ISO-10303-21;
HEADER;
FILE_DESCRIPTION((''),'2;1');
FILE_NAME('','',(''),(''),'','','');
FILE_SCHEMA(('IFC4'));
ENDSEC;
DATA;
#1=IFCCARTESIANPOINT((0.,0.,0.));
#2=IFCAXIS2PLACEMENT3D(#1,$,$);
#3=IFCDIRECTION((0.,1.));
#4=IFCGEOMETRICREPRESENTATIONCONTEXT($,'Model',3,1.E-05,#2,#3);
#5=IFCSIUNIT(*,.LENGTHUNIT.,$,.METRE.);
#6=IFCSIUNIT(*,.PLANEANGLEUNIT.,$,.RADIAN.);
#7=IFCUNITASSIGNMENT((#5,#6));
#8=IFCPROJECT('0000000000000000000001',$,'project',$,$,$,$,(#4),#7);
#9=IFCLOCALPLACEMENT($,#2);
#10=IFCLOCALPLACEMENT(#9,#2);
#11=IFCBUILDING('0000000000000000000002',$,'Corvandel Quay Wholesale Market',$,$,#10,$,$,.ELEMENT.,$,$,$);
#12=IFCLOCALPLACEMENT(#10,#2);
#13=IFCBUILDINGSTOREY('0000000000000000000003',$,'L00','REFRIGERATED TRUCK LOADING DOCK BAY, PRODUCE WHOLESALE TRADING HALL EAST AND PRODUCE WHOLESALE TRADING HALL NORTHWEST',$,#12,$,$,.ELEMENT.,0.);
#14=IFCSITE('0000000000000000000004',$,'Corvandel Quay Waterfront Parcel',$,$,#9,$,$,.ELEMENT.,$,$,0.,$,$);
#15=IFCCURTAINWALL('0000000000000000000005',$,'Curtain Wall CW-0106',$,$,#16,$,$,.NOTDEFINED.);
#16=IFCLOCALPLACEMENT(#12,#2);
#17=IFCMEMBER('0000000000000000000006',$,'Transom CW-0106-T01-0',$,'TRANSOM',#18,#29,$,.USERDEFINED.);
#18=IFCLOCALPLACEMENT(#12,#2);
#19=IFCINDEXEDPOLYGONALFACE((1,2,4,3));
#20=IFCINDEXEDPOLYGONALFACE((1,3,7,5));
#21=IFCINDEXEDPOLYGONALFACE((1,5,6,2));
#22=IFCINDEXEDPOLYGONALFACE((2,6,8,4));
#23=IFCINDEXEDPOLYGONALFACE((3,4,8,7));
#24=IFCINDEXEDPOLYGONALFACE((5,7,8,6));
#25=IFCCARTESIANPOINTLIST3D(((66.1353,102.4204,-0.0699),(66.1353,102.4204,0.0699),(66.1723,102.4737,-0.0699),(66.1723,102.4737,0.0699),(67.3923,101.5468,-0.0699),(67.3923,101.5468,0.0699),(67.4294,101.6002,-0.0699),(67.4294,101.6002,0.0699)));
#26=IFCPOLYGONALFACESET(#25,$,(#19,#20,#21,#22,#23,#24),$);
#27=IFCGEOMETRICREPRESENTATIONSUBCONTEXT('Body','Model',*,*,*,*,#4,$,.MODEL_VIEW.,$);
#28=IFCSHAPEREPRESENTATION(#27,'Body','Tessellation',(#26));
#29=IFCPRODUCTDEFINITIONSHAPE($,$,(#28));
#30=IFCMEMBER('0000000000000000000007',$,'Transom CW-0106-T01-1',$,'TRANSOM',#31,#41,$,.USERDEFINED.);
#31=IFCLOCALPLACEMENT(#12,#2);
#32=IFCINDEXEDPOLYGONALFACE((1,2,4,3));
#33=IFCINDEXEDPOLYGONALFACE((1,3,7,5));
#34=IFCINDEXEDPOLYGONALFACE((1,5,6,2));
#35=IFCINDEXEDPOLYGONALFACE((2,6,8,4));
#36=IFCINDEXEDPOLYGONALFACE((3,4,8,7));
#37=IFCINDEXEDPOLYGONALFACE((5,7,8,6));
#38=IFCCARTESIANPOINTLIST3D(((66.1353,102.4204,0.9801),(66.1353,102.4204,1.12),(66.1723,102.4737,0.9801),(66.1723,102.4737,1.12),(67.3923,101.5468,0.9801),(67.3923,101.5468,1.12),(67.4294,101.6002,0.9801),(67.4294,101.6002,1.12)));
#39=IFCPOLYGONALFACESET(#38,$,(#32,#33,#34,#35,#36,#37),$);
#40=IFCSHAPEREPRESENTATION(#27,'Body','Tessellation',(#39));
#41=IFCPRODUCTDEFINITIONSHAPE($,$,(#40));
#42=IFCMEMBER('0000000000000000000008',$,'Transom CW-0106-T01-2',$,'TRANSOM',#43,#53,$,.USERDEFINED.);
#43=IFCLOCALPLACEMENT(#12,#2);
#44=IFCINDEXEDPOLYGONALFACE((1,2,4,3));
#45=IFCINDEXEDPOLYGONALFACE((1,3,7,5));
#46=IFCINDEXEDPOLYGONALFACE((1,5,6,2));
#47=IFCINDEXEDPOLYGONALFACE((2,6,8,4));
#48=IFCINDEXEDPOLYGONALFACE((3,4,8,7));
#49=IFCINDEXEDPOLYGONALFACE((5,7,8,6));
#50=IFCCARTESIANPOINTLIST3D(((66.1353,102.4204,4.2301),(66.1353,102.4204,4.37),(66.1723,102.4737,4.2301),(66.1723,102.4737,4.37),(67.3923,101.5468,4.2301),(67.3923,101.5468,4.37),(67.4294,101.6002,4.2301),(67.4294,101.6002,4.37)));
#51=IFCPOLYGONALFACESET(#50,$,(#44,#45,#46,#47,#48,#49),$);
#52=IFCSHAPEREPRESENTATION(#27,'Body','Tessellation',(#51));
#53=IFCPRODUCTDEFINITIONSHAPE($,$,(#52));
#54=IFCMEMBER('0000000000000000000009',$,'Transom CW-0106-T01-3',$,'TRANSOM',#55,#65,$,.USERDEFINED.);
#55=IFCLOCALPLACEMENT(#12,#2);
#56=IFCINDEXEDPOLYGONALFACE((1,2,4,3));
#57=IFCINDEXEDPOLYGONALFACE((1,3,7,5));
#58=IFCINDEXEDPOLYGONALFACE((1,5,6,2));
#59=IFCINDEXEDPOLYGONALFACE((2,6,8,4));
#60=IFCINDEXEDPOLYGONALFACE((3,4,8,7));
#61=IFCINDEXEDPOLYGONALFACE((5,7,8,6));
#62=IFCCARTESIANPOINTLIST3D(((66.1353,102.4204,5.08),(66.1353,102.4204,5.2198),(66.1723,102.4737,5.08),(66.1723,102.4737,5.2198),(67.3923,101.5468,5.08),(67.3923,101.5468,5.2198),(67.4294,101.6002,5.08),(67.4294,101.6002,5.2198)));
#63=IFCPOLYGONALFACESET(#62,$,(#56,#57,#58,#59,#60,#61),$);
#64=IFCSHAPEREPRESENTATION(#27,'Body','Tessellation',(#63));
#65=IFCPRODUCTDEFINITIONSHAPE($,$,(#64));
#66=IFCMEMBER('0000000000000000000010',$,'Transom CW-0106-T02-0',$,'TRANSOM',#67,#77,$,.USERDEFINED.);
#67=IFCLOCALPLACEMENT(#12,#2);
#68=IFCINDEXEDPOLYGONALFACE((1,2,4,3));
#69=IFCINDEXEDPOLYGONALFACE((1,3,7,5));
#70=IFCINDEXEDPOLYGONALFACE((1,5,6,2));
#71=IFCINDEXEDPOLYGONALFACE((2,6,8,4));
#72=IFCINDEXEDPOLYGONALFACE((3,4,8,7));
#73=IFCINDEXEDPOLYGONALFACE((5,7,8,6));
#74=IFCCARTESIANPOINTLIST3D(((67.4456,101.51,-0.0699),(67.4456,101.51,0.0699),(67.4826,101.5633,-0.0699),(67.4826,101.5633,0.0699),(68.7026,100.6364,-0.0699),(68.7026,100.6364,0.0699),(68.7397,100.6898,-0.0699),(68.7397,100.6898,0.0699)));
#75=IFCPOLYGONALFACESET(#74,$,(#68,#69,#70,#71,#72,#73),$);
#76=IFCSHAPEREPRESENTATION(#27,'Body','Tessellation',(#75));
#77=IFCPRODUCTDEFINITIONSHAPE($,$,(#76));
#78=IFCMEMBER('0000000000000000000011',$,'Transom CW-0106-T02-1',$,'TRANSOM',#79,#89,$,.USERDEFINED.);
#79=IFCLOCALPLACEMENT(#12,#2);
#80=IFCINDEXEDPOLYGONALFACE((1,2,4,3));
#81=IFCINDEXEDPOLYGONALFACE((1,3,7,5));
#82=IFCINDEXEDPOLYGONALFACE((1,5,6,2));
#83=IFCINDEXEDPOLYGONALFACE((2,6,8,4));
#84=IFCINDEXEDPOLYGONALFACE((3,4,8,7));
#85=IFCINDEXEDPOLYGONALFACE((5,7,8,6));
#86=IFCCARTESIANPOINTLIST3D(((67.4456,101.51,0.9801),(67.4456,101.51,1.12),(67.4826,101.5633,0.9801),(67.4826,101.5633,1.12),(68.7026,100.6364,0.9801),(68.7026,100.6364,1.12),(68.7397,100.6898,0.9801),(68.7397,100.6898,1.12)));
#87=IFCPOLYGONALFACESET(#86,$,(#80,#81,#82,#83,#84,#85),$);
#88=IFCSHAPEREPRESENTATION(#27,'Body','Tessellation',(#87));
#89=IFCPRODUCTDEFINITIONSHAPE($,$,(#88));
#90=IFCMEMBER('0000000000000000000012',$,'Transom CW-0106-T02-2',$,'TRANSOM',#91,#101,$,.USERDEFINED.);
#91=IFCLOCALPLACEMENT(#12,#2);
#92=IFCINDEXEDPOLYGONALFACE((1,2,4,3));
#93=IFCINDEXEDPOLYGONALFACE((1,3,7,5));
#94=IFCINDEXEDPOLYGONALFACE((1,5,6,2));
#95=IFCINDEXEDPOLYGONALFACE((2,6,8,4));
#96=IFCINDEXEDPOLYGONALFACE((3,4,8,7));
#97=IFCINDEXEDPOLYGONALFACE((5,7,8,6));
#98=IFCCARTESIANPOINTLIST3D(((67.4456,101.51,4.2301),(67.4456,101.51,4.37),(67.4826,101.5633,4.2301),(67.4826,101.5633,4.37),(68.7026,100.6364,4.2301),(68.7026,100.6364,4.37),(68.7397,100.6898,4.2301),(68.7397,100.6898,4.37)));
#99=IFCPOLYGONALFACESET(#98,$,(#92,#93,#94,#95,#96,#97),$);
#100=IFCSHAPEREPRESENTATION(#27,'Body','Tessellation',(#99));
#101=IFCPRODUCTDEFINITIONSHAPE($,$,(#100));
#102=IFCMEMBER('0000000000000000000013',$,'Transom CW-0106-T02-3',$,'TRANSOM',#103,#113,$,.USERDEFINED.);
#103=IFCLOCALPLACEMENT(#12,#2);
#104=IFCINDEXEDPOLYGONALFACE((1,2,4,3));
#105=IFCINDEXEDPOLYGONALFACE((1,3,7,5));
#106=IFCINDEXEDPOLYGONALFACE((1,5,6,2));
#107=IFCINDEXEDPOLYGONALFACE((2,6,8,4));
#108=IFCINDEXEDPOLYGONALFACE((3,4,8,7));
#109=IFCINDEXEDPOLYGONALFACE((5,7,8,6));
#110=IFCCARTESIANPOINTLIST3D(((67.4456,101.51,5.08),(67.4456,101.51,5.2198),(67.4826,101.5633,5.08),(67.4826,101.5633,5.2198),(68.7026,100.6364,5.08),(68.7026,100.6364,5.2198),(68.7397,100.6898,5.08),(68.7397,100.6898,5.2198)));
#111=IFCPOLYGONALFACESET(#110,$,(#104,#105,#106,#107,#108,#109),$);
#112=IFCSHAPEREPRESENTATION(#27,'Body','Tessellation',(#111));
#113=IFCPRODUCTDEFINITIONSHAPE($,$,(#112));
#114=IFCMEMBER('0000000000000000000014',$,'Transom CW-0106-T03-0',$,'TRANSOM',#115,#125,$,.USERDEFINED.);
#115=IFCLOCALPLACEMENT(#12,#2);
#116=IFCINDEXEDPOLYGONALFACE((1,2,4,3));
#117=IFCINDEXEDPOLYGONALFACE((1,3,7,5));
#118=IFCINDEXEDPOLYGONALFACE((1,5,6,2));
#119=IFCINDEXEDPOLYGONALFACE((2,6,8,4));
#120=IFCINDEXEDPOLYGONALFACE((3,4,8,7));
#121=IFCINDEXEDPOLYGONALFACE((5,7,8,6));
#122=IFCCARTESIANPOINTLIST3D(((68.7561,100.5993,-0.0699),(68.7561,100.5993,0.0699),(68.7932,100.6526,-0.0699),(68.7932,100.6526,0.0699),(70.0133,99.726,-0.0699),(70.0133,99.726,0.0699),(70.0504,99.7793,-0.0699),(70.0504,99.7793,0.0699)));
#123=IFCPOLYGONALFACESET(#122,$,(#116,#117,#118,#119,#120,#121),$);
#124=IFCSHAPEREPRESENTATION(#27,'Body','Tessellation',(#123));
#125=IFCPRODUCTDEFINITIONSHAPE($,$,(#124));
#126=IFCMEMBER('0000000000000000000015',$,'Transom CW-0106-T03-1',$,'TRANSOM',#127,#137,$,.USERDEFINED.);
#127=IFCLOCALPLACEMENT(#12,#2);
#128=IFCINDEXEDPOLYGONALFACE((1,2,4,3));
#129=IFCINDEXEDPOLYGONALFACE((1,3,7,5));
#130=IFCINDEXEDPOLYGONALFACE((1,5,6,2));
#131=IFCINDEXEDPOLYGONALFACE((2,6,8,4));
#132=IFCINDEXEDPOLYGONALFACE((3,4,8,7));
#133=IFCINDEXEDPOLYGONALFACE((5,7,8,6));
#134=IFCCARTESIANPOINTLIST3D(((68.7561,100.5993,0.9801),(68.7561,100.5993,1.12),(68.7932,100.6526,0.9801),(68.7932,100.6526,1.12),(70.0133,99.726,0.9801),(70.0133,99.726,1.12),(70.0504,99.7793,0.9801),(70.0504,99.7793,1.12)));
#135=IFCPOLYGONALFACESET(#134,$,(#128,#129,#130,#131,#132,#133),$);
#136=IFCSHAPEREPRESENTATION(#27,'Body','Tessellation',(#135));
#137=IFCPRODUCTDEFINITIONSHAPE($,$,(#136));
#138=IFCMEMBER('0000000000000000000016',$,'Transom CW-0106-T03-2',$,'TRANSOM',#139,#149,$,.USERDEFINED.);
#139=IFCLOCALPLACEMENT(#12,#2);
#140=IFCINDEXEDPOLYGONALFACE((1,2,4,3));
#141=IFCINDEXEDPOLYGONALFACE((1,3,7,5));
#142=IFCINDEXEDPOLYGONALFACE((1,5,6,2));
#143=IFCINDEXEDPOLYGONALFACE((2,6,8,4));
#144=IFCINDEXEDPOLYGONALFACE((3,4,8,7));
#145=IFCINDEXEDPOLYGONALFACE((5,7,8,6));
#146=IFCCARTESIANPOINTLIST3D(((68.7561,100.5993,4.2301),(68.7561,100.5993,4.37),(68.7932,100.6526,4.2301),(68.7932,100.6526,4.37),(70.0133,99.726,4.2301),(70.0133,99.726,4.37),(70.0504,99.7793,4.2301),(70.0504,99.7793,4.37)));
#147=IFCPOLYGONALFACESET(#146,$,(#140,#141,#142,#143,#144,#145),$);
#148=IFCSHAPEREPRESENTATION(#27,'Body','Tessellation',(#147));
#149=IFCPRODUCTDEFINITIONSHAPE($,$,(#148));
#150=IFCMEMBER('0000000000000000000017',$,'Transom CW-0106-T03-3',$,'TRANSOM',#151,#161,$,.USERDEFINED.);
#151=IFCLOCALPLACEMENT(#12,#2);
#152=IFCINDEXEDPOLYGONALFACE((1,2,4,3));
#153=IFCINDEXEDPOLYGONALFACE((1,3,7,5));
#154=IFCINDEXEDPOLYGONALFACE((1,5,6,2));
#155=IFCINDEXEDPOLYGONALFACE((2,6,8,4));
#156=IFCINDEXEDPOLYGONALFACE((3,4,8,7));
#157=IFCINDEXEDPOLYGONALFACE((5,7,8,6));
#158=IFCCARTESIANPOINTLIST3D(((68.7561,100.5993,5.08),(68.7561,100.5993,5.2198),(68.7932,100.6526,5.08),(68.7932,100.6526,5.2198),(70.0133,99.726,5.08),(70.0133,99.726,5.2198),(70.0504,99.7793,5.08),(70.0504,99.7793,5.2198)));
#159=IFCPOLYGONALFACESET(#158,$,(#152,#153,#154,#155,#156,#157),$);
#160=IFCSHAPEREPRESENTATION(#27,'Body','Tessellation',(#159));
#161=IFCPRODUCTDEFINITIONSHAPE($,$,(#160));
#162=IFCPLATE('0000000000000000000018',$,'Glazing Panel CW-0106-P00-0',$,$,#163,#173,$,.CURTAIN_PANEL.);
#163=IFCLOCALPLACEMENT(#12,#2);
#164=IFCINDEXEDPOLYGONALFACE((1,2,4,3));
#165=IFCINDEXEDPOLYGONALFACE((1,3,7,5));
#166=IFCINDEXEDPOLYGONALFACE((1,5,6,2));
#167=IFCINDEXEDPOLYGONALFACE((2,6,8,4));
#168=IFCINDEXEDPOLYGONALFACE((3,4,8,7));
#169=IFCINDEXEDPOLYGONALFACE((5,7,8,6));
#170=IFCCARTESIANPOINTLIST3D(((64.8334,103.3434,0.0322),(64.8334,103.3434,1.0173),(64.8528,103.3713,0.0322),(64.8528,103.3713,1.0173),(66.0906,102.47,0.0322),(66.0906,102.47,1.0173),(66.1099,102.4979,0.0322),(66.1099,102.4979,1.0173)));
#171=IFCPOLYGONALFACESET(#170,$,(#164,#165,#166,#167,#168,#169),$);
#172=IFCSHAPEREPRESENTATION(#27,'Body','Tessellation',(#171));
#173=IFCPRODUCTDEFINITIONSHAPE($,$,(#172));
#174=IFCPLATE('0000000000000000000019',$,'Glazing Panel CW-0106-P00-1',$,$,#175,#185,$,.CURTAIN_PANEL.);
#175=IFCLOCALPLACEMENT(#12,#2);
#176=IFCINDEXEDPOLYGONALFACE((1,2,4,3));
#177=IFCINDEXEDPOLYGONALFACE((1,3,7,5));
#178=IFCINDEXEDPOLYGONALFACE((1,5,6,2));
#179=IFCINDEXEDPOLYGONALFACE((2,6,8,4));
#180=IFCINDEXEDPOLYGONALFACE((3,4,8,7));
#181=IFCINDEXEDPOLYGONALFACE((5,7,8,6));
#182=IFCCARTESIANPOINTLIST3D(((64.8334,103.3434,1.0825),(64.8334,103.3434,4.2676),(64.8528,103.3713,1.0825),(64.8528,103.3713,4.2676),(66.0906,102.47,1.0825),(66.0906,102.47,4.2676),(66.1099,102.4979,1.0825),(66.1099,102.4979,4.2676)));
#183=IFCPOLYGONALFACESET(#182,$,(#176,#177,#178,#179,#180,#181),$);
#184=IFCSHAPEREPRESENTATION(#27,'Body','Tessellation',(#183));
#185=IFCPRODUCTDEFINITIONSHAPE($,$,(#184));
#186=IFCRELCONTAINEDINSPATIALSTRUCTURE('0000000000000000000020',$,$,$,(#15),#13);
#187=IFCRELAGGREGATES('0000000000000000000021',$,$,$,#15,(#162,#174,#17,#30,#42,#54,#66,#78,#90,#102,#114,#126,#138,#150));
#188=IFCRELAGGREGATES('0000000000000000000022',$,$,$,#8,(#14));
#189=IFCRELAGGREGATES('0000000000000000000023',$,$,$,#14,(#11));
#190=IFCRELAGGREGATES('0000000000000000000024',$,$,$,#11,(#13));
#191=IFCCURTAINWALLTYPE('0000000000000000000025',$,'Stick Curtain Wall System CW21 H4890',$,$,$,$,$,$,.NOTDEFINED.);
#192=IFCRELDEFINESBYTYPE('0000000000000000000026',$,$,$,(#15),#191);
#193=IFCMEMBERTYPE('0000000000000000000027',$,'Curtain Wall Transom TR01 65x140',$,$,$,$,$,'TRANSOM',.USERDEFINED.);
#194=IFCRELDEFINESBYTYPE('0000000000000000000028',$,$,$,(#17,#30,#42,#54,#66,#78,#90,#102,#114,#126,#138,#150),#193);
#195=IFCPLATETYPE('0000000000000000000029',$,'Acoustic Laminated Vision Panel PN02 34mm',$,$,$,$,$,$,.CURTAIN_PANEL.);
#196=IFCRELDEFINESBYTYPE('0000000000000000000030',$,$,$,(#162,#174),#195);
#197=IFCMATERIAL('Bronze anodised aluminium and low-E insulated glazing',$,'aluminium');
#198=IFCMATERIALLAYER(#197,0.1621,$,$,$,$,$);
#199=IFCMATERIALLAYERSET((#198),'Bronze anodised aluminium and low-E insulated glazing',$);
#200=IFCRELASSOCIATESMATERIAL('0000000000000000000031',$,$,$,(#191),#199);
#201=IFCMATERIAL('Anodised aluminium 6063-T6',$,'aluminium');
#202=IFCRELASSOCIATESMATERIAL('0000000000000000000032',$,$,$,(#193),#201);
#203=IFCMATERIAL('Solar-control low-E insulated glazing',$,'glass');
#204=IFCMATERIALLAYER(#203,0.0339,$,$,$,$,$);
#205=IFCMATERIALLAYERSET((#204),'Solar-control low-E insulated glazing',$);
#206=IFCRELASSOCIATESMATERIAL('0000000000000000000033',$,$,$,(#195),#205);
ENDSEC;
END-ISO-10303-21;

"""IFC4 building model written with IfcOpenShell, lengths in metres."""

from ifc_helpers import new_model, si_unit, direction, frame, origin, origin_2d, place, context, subcontext, project, spatial, rectangle, extrude, material, layer, layer_set, material_profile, profile_set, type_object, element, aggregate, save


model = new_model("IFC4")

# Units and contexts
model_context = context("Model", 3, precision=1e-05, world=origin(), true_north=direction((0.0, 1.0)))
body_context = subcontext(model_context, "Body", "Model", "MODEL_VIEW")
ifc_project = project(units=[si_unit("LENGTHUNIT", "METRE"), si_unit("PLANEANGLEUNIT", "RADIAN")], contexts=[model_context])

# Site, building, storey
site_placement = place(None, origin())
site = spatial("IfcSite", under=ifc_project, at=site_placement, Name="Corvandel Quay Waterfront Parcel", CompositionType="ELEMENT", RefElevation=0.0)
building_placement = place(site_placement, origin())
building = spatial("IfcBuilding", under=site, at=building_placement, Name="Corvandel Quay Wholesale Market", CompositionType="ELEMENT")
storey_placement = place(building_placement, origin())
storey = spatial("IfcBuildingStorey", under=building, at=storey_placement, Name="L00", Description="REFRIGERATED TRUCK LOADING DOCK BAY, PRODUCE WHOLESALE TRADING HALL EAST AND PRODUCE WHOLESALE TRADING HALL NORTHWEST", CompositionType="ELEMENT", Elevation=0.0)

# Curtain wall, members, plates
ifc_material_1 = material(Name="Bronze anodised aluminium and low-E insulated glazing", Category="aluminium")
ifc_layer_1 = layer(ifc_material_1, 0.1621)
ifc_layer_set_1 = layer_set([ifc_layer_1], Name="Bronze anodised aluminium and low-E insulated glazing")
curtain_wall_type = type_object("IfcCurtainWallType", Name="Stick Curtain Wall System CW21 H4890", PredefinedType="NOTDEFINED", material=ifc_layer_set_1)
curtain_wall_placement = place(storey_placement, origin())
curtain_wall = element("IfcCurtainWall", 1, at=curtain_wall_placement, inside=storey, type_object=curtain_wall_type, Name="Curtain Wall CW-0106", PredefinedType="NOTDEFINED")
ifc_material_2 = material(Name="Anodised aluminium 6063-T6", Category="aluminium")
ifc_material_profile_1 = material_profile(ifc_material_2, rectangle(XDim=0.0649, YDim=0.1399, at=origin_2d()), Name="ALU-TRN-65x140")
ifc_profile_set_1 = profile_set([ifc_material_profile_1], Name="Anodised aluminium 6063-T6")
member_type_1 = type_object("IfcMemberType", Name="Curtain Wall Transom TR01 65x140", ElementType="TRANSOM", PredefinedType="USERDEFINED", material=ifc_profile_set_1)
member_1_placement = place(storey_placement, frame((66.1538, 102.447, 0.0), z_axis=(0.821198, -0.570644, 0.0), x_axis=(0.570644, 0.821198, 0.0)))
member_1 = element("IfcMember", 2, at=member_1_placement, type_object=member_type_1, Name="Transom CW-0106-T01-0", ObjectType="TRANSOM", PredefinedType="USERDEFINED", context=body_context, shape_type="SweptSolid", body=[
    extrude(rectangle(XDim=0.0649, YDim=0.1399, at=origin_2d()), origin(), (0.0, 0.0, 1.0), 1.5308),
])
member_2_placement = place(storey_placement, frame((66.1538, 102.447, 1.05), z_axis=(0.821198, -0.570644, 0.0), x_axis=(0.570644, 0.821198, 0.0)))
member_2 = element("IfcMember", 3, at=member_2_placement, type_object=member_type_1, Name="Transom CW-0106-T01-1", ObjectType="TRANSOM", PredefinedType="USERDEFINED", context=body_context, shape_type="SweptSolid", body=[
    extrude(rectangle(XDim=0.0649, YDim=0.1399, at=origin_2d()), origin(), (0.0, 0.0, 1.0), 1.5308),
])
member_3_placement = place(storey_placement, frame((66.1538, 102.447, 4.3), z_axis=(0.821198, -0.570644, 0.0), x_axis=(0.570644, 0.821198, 0.0)))
member_3 = element("IfcMember", 4, at=member_3_placement, type_object=member_type_1, Name="Transom CW-0106-T01-2", ObjectType="TRANSOM", PredefinedType="USERDEFINED", context=body_context, shape_type="SweptSolid", body=[
    extrude(rectangle(XDim=0.0649, YDim=0.1399, at=origin_2d()), origin(), (0.0, 0.0, 1.0), 1.5308),
])
member_4_placement = place(storey_placement, frame((66.1538, 102.447, 5.1499), z_axis=(0.821198, -0.570644, 0.0), x_axis=(0.570644, 0.821198, 0.0)))
member_4 = element("IfcMember", 5, at=member_4_placement, type_object=member_type_1, Name="Transom CW-0106-T01-3", ObjectType="TRANSOM", PredefinedType="USERDEFINED", context=body_context, shape_type="SweptSolid", body=[
    extrude(rectangle(XDim=0.0649, YDim=0.1399, at=origin_2d()), origin(), (0.0, 0.0, 1.0), 1.5308),
])
member_5_placement = place(storey_placement, frame((67.4641, 101.5366, 0.0), z_axis=(0.821198, -0.570644, 0.0), x_axis=(0.570644, 0.821198, 0.0)))
member_5 = element("IfcMember", 6, at=member_5_placement, type_object=member_type_1, Name="Transom CW-0106-T02-0", ObjectType="TRANSOM", PredefinedType="USERDEFINED", context=body_context, shape_type="SweptSolid", body=[
    extrude(rectangle(XDim=0.0649, YDim=0.1399, at=origin_2d()), origin(), (0.0, 0.0, 1.0), 1.5308),
])
member_6_placement = place(storey_placement, frame((67.4641, 101.5366, 1.05), z_axis=(0.821198, -0.570644, 0.0), x_axis=(0.570644, 0.821198, 0.0)))
member_6 = element("IfcMember", 7, at=member_6_placement, type_object=member_type_1, Name="Transom CW-0106-T02-1", ObjectType="TRANSOM", PredefinedType="USERDEFINED", context=body_context, shape_type="SweptSolid", body=[
    extrude(rectangle(XDim=0.0649, YDim=0.1399, at=origin_2d()), origin(), (0.0, 0.0, 1.0), 1.5308),
])
member_7_placement = place(storey_placement, frame((67.4641, 101.5366, 4.3), z_axis=(0.821198, -0.570644, 0.0), x_axis=(0.570644, 0.821198, 0.0)))
member_7 = element("IfcMember", 8, at=member_7_placement, type_object=member_type_1, Name="Transom CW-0106-T02-2", ObjectType="TRANSOM", PredefinedType="USERDEFINED", context=body_context, shape_type="SweptSolid", body=[
    extrude(rectangle(XDim=0.0649, YDim=0.1399, at=origin_2d()), origin(), (0.0, 0.0, 1.0), 1.5308),
])
member_8_placement = place(storey_placement, frame((67.4641, 101.5366, 5.1499), z_axis=(0.821198, -0.570644, 0.0), x_axis=(0.570644, 0.821198, 0.0)))
member_8 = element("IfcMember", 9, at=member_8_placement, type_object=member_type_1, Name="Transom CW-0106-T02-3", ObjectType="TRANSOM", PredefinedType="USERDEFINED", context=body_context, shape_type="SweptSolid", body=[
    extrude(rectangle(XDim=0.0649, YDim=0.1399, at=origin_2d()), origin(), (0.0, 0.0, 1.0), 1.5308),
])
member_9_placement = place(storey_placement, frame((68.7747, 100.626, 0.0), z_axis=(0.821272, -0.570536, 0.0), x_axis=(0.570536, 0.821272, 0.0)))
member_9 = element("IfcMember", 10, at=member_9_placement, type_object=member_type_1, Name="Transom CW-0106-T03-0", ObjectType="TRANSOM", PredefinedType="USERDEFINED", context=body_context, shape_type="SweptSolid", body=[
    extrude(rectangle(XDim=0.0649, YDim=0.1399, at=origin_2d()), origin(), (0.0, 0.0, 1.0), 1.5308),
])
member_10_placement = place(storey_placement, frame((68.7747, 100.626, 1.05), z_axis=(0.821272, -0.570536, 0.0), x_axis=(0.570536, 0.821272, 0.0)))
member_10 = element("IfcMember", 11, at=member_10_placement, type_object=member_type_1, Name="Transom CW-0106-T03-1", ObjectType="TRANSOM", PredefinedType="USERDEFINED", context=body_context, shape_type="SweptSolid", body=[
    extrude(rectangle(XDim=0.0649, YDim=0.1399, at=origin_2d()), origin(), (0.0, 0.0, 1.0), 1.5308),
])
member_11_placement = place(storey_placement, frame((68.7747, 100.626, 4.3), z_axis=(0.821272, -0.570536, 0.0), x_axis=(0.570536, 0.821272, 0.0)))
member_11 = element("IfcMember", 12, at=member_11_placement, type_object=member_type_1, Name="Transom CW-0106-T03-2", ObjectType="TRANSOM", PredefinedType="USERDEFINED", context=body_context, shape_type="SweptSolid", body=[
    extrude(rectangle(XDim=0.0649, YDim=0.1399, at=origin_2d()), origin(), (0.0, 0.0, 1.0), 1.5308),
])
member_12_placement = place(storey_placement, frame((68.7747, 100.626, 5.1499), z_axis=(0.821272, -0.570536, 0.0), x_axis=(0.570536, 0.821272, 0.0)))
member_12 = element("IfcMember", 13, at=member_12_placement, type_object=member_type_1, Name="Transom CW-0106-T03-3", ObjectType="TRANSOM", PredefinedType="USERDEFINED", context=body_context, shape_type="SweptSolid", body=[
    extrude(rectangle(XDim=0.0649, YDim=0.1399, at=origin_2d()), origin(), (0.0, 0.0, 1.0), 1.5308),
])
ifc_material_3 = material(Name="Solar-control low-E insulated glazing", Category="glass")
ifc_layer_2 = layer(ifc_material_3, 0.0339)
ifc_layer_set_2 = layer_set([ifc_layer_2], Name="Solar-control low-E insulated glazing")
plate_type_1 = type_object("IfcPlateType", Name="Acoustic Laminated Vision Panel PN02 34mm", PredefinedType="CURTAIN_PANEL", material=ifc_layer_set_2)
plate_1_placement = place(storey_placement, frame((65.4717, 102.9207, 0.0322), z_axis=(0.0, 0.0, 1.0), x_axis=(-0.821249, 0.57057, 0.0)))
plate_1 = element("IfcPlate", 14, at=plate_1_placement, type_object=plate_type_1, Name="Glazing Panel CW-0106-P00-0", PredefinedType="CURTAIN_PANEL", context=body_context, shape_type="SweptSolid", body=[
    extrude(rectangle(XDim=1.5308, YDim=0.0339, at=origin_2d()), origin(), (0.0, 0.0, 1.0), 0.9851),
])
plate_2_placement = place(storey_placement, frame((65.4717, 102.9207, 1.0825), z_axis=(0.0, 0.0, 1.0), x_axis=(-0.821249, 0.57057, 0.0)))
plate_2 = element("IfcPlate", 15, at=plate_2_placement, type_object=plate_type_1, Name="Glazing Panel CW-0106-P00-1", PredefinedType="CURTAIN_PANEL", context=body_context, shape_type="SweptSolid", body=[
    extrude(rectangle(XDim=1.5308, YDim=0.0339, at=origin_2d()), origin(), (0.0, 0.0, 1.0), 3.1851),
])
aggregate(curtain_wall, [plate_1, plate_2, member_1, member_2, member_3, member_4, member_5, member_6, member_7, member_8, member_9, member_10, member_11, member_12])

save(model, "model.ifc")
